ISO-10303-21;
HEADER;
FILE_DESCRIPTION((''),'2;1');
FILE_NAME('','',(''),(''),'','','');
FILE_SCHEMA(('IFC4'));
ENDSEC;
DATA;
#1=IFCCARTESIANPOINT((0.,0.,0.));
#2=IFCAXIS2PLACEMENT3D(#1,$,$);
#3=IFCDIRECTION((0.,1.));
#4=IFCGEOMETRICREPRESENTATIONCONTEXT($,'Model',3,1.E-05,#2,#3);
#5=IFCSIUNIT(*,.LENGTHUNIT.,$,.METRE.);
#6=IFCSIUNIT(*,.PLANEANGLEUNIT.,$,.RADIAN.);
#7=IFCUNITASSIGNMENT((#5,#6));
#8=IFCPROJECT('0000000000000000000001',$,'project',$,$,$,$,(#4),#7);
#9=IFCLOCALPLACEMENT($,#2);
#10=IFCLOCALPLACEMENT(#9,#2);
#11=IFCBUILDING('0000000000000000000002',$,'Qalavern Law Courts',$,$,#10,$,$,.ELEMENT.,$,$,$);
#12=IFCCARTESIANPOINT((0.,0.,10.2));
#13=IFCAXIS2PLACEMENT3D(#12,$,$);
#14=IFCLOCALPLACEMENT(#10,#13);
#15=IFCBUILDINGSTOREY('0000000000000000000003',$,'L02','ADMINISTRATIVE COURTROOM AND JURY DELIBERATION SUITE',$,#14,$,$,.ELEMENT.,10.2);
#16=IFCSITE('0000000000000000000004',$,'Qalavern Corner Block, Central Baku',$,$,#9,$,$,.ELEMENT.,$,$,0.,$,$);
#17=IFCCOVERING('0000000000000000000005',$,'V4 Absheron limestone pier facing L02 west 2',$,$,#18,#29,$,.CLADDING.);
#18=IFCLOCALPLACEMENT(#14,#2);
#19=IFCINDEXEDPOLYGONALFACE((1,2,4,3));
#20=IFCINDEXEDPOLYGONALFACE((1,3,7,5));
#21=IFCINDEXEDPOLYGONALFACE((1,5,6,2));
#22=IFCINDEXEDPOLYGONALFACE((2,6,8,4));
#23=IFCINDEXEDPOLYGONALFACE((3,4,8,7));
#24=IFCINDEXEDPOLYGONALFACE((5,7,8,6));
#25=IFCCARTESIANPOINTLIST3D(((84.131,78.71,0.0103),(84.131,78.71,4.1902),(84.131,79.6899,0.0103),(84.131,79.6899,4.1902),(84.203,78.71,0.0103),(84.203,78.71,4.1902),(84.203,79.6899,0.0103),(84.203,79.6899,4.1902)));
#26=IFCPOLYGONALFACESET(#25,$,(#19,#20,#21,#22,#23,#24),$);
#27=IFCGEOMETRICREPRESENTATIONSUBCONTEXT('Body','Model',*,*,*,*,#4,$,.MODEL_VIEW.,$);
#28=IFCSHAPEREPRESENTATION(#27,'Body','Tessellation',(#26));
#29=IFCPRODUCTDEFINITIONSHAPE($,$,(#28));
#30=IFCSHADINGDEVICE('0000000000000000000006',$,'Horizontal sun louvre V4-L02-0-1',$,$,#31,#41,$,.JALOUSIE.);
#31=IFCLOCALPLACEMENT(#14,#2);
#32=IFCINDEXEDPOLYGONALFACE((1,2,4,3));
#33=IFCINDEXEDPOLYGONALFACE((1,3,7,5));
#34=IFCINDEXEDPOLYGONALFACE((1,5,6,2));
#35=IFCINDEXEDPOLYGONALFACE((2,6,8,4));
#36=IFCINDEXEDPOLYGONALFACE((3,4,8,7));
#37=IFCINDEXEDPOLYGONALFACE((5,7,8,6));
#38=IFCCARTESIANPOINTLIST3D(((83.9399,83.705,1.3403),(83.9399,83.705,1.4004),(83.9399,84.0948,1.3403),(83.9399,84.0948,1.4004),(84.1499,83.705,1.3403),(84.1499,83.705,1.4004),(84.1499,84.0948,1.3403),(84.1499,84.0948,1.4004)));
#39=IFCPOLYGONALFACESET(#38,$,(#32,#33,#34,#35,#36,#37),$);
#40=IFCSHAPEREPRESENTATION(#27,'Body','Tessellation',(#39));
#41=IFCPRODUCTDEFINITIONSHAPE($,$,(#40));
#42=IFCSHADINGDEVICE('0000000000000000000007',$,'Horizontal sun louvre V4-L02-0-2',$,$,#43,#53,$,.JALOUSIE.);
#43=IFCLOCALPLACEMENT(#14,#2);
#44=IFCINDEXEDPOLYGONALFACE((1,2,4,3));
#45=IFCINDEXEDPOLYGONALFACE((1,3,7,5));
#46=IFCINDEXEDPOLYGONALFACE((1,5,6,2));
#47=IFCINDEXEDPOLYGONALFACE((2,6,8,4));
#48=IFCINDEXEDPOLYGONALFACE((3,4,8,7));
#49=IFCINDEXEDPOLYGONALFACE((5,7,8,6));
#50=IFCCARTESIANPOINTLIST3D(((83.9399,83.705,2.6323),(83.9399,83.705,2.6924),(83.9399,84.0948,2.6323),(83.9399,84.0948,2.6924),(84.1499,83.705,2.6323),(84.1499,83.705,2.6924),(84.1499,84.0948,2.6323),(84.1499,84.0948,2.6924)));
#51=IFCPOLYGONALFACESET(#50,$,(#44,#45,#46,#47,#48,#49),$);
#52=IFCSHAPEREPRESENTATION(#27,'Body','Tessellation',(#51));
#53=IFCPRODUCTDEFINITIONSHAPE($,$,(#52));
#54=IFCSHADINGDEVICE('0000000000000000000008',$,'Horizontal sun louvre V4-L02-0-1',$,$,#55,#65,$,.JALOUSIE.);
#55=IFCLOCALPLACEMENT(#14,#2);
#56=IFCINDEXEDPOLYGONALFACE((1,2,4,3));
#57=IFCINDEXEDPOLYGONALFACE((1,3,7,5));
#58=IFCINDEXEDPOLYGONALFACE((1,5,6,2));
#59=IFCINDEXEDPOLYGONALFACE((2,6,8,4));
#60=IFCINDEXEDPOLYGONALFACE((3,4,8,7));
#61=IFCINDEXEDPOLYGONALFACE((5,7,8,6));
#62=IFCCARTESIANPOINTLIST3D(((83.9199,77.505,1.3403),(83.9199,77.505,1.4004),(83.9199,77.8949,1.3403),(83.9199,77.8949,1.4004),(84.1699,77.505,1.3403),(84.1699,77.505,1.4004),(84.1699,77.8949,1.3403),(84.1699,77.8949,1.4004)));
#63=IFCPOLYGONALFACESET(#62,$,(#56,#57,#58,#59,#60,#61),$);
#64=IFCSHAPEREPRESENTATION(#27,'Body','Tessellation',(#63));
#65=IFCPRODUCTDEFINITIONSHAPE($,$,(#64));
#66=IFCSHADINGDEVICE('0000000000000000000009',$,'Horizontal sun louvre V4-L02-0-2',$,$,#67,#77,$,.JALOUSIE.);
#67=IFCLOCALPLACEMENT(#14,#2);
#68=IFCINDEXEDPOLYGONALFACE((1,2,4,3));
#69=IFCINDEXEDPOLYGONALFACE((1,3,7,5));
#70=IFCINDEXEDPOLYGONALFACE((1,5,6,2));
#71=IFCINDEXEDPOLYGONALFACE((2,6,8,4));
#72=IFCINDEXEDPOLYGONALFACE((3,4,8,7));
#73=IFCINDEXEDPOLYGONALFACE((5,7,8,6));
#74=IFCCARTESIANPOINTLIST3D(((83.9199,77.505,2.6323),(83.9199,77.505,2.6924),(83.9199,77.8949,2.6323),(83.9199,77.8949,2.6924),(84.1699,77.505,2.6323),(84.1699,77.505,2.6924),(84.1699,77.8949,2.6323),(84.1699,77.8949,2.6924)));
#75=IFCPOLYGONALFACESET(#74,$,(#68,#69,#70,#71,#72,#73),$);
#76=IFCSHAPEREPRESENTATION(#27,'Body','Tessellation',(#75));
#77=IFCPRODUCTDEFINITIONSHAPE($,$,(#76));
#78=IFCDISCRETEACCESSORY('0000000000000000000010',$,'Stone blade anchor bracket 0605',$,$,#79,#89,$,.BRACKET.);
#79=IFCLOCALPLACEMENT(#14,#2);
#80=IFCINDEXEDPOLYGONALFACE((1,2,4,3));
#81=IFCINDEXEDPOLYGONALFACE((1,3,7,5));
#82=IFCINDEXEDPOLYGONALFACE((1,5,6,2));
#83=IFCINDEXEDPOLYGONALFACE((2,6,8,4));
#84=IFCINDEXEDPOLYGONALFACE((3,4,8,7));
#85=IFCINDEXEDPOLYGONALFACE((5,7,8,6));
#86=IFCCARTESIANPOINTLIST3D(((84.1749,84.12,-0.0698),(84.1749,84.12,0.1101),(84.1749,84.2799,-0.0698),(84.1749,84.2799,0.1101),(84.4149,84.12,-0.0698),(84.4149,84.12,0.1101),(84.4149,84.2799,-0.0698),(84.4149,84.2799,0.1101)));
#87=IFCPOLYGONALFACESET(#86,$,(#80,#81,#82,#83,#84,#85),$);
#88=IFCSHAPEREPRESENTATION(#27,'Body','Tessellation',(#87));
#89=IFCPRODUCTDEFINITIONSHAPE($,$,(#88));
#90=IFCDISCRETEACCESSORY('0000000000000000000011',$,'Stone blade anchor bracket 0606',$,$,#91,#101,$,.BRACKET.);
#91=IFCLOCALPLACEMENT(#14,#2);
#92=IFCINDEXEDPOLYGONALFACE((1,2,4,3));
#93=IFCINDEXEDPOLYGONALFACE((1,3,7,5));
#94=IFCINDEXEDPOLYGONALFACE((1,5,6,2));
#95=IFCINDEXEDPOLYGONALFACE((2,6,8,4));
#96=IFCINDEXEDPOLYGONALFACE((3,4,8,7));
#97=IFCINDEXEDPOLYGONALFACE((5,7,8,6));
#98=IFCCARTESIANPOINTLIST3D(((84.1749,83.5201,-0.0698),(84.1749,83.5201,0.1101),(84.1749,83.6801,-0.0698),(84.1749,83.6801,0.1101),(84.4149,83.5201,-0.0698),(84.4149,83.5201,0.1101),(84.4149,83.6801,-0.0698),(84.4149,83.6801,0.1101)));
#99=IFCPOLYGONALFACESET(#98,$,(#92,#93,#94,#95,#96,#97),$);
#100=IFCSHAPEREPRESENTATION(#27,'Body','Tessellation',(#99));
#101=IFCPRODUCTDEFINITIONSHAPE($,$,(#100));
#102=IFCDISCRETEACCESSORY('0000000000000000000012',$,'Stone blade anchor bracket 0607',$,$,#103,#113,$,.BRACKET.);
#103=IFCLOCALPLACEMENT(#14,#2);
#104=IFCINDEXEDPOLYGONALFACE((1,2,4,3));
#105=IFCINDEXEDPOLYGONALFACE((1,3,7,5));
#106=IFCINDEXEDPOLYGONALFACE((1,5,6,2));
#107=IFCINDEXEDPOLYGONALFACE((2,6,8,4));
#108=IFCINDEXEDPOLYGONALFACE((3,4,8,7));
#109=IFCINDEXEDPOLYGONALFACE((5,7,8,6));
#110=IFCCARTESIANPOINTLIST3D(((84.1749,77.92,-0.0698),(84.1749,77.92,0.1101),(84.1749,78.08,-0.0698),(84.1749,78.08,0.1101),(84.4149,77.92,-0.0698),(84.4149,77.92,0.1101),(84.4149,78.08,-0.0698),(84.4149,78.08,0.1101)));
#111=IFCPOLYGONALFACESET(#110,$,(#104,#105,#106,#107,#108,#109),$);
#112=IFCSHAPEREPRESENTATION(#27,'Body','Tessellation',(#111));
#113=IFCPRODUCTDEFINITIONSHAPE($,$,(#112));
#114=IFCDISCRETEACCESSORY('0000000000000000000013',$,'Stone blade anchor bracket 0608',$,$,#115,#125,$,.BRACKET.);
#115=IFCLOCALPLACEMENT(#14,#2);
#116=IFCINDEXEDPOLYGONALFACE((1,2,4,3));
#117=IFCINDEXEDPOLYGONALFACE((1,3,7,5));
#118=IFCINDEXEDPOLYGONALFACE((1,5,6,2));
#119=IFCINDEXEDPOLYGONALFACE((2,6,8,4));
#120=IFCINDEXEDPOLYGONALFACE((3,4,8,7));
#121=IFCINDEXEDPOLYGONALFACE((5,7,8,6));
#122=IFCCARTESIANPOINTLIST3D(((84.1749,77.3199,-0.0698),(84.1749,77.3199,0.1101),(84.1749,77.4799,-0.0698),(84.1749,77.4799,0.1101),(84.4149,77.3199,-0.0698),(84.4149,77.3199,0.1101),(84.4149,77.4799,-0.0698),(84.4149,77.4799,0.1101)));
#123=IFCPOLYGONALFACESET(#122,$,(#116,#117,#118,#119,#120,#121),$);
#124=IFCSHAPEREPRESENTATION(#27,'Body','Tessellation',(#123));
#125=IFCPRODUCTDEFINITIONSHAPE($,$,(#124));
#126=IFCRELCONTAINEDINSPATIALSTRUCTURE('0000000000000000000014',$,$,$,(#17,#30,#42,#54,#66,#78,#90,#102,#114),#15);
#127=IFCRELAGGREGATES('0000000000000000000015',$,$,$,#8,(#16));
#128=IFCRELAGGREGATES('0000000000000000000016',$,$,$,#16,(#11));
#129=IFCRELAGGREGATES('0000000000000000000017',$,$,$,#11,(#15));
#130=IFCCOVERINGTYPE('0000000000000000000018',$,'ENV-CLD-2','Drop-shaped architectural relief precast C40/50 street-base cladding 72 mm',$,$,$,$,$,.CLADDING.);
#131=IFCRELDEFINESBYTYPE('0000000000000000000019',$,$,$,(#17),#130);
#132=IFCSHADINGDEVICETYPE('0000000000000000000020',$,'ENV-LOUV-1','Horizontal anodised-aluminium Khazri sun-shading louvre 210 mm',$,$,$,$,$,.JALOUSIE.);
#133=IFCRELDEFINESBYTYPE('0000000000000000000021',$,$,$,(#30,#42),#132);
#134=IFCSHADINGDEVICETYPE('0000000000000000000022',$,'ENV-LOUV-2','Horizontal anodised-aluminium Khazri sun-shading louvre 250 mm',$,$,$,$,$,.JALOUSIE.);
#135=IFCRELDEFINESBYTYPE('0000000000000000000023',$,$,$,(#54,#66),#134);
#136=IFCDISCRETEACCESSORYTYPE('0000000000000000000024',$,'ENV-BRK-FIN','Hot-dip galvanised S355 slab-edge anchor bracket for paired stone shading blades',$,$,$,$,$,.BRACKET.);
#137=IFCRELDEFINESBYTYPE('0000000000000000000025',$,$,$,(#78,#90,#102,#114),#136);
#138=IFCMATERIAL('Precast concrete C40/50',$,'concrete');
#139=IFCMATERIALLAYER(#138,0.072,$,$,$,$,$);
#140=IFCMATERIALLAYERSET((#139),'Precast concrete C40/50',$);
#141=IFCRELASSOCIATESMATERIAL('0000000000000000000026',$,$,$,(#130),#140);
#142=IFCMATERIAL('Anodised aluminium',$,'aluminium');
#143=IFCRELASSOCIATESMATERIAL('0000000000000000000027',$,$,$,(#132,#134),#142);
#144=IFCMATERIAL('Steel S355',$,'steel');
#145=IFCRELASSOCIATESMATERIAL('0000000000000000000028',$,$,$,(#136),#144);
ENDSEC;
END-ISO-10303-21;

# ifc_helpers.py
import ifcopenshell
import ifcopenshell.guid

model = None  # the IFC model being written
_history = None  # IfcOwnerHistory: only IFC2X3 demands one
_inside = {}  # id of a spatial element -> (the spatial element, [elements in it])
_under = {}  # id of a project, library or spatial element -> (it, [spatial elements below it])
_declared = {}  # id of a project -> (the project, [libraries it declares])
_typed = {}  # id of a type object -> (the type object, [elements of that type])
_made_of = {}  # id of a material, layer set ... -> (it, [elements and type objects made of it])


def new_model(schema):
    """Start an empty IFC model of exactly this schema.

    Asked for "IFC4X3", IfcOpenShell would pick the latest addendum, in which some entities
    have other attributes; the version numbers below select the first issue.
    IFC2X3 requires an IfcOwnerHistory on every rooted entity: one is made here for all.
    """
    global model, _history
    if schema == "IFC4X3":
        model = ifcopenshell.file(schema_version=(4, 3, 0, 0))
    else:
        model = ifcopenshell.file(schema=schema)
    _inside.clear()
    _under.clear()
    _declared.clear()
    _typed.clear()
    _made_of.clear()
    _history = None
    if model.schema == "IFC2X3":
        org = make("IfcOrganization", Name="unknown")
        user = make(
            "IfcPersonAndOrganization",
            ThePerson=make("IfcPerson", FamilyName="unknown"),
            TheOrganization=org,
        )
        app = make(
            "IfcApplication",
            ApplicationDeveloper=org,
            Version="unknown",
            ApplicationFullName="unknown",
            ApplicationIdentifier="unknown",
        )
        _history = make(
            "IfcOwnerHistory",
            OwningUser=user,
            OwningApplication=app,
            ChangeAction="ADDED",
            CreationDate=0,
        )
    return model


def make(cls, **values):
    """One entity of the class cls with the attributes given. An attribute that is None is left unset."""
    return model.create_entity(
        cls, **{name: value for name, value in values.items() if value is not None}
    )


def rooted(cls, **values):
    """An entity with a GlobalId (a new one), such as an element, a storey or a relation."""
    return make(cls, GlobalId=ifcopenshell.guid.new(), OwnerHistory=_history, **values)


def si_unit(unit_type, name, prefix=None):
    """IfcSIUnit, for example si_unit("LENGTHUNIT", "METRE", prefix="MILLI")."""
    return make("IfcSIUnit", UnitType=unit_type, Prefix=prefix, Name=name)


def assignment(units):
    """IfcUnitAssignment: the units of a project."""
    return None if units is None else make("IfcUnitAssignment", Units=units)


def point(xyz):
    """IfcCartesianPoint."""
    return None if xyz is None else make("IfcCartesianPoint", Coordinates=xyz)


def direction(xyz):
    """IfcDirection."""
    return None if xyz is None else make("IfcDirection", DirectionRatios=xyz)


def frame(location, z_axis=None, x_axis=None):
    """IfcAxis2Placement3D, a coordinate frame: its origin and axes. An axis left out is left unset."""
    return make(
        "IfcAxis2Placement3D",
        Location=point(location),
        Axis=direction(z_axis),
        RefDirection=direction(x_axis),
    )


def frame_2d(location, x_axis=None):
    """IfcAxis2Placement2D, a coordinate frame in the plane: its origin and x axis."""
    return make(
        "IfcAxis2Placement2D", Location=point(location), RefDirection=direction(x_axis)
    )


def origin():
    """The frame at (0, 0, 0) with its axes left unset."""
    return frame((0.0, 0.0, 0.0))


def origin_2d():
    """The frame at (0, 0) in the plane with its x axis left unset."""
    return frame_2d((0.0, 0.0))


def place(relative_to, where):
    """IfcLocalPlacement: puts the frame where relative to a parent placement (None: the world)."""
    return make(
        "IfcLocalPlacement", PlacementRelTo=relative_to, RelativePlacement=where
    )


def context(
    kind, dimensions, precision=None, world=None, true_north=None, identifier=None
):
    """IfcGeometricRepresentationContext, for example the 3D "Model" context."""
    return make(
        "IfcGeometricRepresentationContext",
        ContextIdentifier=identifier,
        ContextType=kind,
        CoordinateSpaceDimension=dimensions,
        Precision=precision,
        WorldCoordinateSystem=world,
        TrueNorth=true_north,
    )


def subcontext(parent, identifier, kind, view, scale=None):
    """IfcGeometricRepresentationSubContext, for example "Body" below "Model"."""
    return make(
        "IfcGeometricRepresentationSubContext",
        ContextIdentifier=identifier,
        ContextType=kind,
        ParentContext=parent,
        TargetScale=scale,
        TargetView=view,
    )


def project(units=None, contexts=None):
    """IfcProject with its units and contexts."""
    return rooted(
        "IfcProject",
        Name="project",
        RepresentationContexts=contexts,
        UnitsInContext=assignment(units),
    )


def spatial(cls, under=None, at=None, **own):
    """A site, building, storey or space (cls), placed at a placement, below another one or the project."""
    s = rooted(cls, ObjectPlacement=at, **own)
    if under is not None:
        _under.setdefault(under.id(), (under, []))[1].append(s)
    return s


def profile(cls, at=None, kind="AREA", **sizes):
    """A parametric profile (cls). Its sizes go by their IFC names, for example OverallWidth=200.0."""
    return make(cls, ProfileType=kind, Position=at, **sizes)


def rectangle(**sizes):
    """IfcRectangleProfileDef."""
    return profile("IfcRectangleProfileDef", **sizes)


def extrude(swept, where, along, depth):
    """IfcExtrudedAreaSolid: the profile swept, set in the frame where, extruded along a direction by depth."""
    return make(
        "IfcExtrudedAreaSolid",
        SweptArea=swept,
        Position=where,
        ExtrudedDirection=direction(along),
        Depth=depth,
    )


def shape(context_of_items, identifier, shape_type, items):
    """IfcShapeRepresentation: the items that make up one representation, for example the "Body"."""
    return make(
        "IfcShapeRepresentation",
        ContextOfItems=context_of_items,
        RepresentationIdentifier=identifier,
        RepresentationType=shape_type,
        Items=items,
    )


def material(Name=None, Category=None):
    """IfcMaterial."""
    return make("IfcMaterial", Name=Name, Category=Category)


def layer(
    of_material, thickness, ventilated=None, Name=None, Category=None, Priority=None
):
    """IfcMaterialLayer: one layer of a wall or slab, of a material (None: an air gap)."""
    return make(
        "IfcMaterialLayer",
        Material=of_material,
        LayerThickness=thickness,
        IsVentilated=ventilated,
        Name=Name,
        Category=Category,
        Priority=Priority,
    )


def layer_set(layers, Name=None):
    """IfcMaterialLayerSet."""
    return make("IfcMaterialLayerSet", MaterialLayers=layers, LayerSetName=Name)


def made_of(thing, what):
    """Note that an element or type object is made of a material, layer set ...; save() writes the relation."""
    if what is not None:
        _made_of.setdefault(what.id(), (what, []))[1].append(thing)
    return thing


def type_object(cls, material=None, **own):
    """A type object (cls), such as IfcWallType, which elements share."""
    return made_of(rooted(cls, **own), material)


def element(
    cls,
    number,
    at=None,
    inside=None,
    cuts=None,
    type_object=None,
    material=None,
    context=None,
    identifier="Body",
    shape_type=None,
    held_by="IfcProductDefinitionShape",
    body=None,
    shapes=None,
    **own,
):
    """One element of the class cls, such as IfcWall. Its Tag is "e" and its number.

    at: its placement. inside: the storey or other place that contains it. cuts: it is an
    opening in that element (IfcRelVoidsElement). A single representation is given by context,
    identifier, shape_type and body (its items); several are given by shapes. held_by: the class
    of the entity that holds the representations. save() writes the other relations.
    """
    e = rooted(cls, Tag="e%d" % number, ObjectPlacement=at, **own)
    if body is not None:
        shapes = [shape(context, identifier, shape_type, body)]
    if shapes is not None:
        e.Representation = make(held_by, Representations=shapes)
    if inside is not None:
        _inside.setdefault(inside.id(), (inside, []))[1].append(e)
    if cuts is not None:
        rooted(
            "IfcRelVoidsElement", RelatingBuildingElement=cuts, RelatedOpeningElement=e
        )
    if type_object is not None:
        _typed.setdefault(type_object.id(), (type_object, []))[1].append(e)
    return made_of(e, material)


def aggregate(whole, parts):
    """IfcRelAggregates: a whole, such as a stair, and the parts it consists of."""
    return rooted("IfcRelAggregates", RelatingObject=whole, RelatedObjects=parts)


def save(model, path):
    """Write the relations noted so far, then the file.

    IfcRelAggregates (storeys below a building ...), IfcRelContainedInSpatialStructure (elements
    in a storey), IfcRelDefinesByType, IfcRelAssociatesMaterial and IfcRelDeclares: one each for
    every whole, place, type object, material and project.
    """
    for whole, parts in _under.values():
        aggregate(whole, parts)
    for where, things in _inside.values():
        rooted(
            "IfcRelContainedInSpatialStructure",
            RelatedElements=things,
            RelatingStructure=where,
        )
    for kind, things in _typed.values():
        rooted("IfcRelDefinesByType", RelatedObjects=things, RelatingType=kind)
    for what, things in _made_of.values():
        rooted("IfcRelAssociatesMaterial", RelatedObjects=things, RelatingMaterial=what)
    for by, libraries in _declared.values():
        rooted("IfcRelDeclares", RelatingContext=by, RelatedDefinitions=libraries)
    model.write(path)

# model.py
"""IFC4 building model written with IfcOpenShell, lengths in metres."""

from ifc_helpers import new_model, si_unit, direction, frame, origin, origin_2d, place, context, subcontext, project, spatial, rectangle, extrude, material, layer, layer_set, type_object, element, save


model = new_model("IFC4")

# Units and contexts
model_context = context("Model", 3, precision=1e-05, world=origin(), true_north=direction((0.0, 1.0)))
body_context = subcontext(model_context, "Body", "Model", "MODEL_VIEW")
ifc_project = project(units=[si_unit("LENGTHUNIT", "METRE"), si_unit("PLANEANGLEUNIT", "RADIAN")], contexts=[model_context])

# Site, building, storey
site_placement = place(None, origin())
site = spatial("IfcSite", under=ifc_project, at=site_placement, Name="Qalavern Corner Block, Central Baku", CompositionType="ELEMENT", RefElevation=0.0)
building_placement = place(site_placement, origin())
building = spatial("IfcBuilding", under=site, at=building_placement, Name="Qalavern Law Courts", CompositionType="ELEMENT")
storey_placement = place(building_placement, frame((0.0, 0.0, 10.2)))
storey = spatial("IfcBuildingStorey", under=building, at=storey_placement, Name="L02", Description="ADMINISTRATIVE COURTROOM AND JURY DELIBERATION SUITE", CompositionType="ELEMENT", Elevation=10.2)

# Shared definitions
ifc_material_1 = material(Name="Anodised aluminium", Category="aluminium")

# Covering
ifc_material_2 = material(Name="Precast concrete C40/50", Category="concrete")
ifc_layer_1 = layer(ifc_material_2, 0.072)
ifc_layer_set_1 = layer_set([ifc_layer_1], Name="Precast concrete C40/50")
covering_type_1 = type_object("IfcCoveringType", Name="ENV-CLD-2", Description="Drop-shaped architectural relief precast C40/50 street-base cladding 72 mm", PredefinedType="CLADDING", material=ifc_layer_set_1)
covering_1_placement = place(storey_placement, frame((84.167, 79.2, 0.0103), z_axis=(0.0, 0.0, 1.0), x_axis=(0.0, -1.0, 0.0)))
element("IfcCovering", 1, at=covering_1_placement, inside=storey, type_object=covering_type_1, Name="V4 Absheron limestone pier facing L02 west 2", PredefinedType="CLADDING", context=body_context, shape_type="SweptSolid", body=[
    extrude(rectangle(XDim=0.98, YDim=0.072, at=origin_2d()), origin(), (0.0, 0.0, 1.0), 4.1799),
])

# Shading devices
shading_device_type_1 = type_object("IfcShadingDeviceType", Name="ENV-LOUV-1", Description="Horizontal anodised-aluminium Khazri sun-shading louvre 210 mm", PredefinedType="JALOUSIE", material=ifc_material_1)
for number, where, z_axis, x_axis, name in (
    (2, (84.0449, 83.8999, 1.3403), (0.0, 0.0, 1.0), (0.0, -1.0, 0.0), "Horizontal sun louvre V4-L02-0-1"),
    (3, (84.0449, 83.8999, 2.6323), (0.0, 0.0, 1.0), (0.0, -1.0, 0.0), "Horizontal sun louvre V4-L02-0-2"),
):
    element("IfcShadingDevice", number, at=place(storey_placement, frame(where, z_axis=z_axis, x_axis=x_axis)), inside=storey, type_object=shading_device_type_1, Name=name, PredefinedType="JALOUSIE", context=body_context, shape_type="SweptSolid", body=[
        extrude(rectangle(XDim=0.3899, YDim=0.21, at=origin_2d()), origin(), (0.0, 0.0, 1.0), 0.0601),
    ])
shading_device_type_2 = type_object("IfcShadingDeviceType", Name="ENV-LOUV-2", Description="Horizontal anodised-aluminium Khazri sun-shading louvre 250 mm", PredefinedType="JALOUSIE", material=ifc_material_1)
for number, where, z_axis, x_axis, name in (
    (4, (84.0449, 77.7, 1.3403), (0.0, 0.0, 1.0), (0.0, -1.0, 0.0), "Horizontal sun louvre V4-L02-0-1"),
    (5, (84.0449, 77.7, 2.6323), (0.0, 0.0, 1.0), (0.0, -1.0, 0.0), "Horizontal sun louvre V4-L02-0-2"),
):
    element("IfcShadingDevice", number, at=place(storey_placement, frame(where, z_axis=z_axis, x_axis=x_axis)), inside=storey, type_object=shading_device_type_2, Name=name, PredefinedType="JALOUSIE", context=body_context, shape_type="SweptSolid", body=[
        extrude(rectangle(XDim=0.3899, YDim=0.25, at=origin_2d()), origin(), (0.0, 0.0, 1.0), 0.0601),
    ])

# Discrete accessories
ifc_material_3 = material(Name="Steel S355", Category="steel")
discrete_accessory_type = type_object("IfcDiscreteAccessoryType", Name="ENV-BRK-FIN", Description="Hot-dip galvanised S355 slab-edge anchor bracket for paired stone shading blades", PredefinedType="BRACKET", material=ifc_material_3)
for number, where, z_axis, x_axis, name in (
    (6, (84.2949, 84.2, -0.0698), (0.0, 0.0, 1.0), (-1.0, 0.0, 0.0), "Stone blade anchor bracket 0605"),
    (7, (84.2949, 83.6001, -0.0698), (0.0, 0.0, 1.0), (-1.0, 0.0, 0.0), "Stone blade anchor bracket 0606"),
    (8, (84.2949, 78.0, -0.0698), (0.0, 0.0, 1.0), (-1.0, 0.0, 0.0), "Stone blade anchor bracket 0607"),
    (9, (84.2949, 77.3999, -0.0698), (0.0, 0.0, 1.0), (-1.0, 0.0, 0.0), "Stone blade anchor bracket 0608"),
):
    element("IfcDiscreteAccessory", number, at=place(storey_placement, frame(where, z_axis=z_axis, x_axis=x_axis)), inside=storey, type_object=discrete_accessory_type, Name=name, PredefinedType="BRACKET", context=body_context, shape_type="SweptSolid", body=[
        extrude(rectangle(XDim=0.24, YDim=0.1599, at=origin_2d()), origin(), (0.0, 0.0, 1.0), 0.1799),
    ])

save(model, "model.ifc")
